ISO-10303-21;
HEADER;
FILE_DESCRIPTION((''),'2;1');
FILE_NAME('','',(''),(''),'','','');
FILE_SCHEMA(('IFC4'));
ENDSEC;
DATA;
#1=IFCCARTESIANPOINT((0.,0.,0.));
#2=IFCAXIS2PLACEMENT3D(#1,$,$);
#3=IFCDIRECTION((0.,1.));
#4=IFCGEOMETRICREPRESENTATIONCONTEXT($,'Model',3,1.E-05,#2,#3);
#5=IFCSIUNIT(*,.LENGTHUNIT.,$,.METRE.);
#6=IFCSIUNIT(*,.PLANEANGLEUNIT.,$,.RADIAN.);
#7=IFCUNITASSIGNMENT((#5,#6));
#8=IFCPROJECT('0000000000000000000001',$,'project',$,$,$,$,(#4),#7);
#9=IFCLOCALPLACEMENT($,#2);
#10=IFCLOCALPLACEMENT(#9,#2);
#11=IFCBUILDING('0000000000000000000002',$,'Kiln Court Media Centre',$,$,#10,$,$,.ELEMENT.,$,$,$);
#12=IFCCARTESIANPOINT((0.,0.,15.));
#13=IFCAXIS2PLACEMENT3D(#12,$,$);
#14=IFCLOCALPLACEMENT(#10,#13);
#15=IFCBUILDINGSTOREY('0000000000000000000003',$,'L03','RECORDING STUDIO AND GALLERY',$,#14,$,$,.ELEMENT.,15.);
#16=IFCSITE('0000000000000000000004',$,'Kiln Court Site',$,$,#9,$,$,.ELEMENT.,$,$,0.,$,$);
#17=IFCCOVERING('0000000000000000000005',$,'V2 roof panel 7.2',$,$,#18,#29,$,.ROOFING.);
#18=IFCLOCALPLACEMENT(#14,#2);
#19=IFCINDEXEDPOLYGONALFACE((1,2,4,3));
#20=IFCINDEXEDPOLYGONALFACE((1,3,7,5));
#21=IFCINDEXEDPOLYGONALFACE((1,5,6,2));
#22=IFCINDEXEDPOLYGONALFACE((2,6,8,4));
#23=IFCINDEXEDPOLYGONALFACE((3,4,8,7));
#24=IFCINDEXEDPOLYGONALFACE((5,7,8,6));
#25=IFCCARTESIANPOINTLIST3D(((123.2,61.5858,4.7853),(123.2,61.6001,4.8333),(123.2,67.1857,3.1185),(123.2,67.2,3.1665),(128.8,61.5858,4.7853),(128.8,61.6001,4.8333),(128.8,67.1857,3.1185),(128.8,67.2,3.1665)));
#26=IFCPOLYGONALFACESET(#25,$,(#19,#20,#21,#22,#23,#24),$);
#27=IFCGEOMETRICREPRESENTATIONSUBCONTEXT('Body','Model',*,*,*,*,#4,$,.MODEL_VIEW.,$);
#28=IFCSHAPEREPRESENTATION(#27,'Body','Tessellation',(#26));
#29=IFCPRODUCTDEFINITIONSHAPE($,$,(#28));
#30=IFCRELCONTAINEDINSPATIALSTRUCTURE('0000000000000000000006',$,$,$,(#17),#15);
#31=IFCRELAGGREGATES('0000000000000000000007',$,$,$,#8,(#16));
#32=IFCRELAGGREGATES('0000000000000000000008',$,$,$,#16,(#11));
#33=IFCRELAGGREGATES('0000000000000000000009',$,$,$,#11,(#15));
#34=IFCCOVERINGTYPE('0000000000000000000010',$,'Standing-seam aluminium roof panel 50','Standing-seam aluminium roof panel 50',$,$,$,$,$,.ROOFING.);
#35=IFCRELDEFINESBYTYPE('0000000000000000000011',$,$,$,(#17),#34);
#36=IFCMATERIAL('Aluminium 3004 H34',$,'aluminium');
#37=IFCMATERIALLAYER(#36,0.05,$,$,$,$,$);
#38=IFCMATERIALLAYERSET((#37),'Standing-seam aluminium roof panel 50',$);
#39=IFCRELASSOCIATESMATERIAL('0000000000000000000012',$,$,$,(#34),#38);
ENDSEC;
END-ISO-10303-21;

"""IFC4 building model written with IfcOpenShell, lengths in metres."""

from ifc_helpers import new_model, si_unit, direction, frame, origin, place, context, subcontext, project, spatial, polyline, outline, extrude, material, layer, layer_set, type_object, element, save


model = new_model("IFC4")

# Units and contexts
model_context = context("Model", 3, precision=1e-05, world=origin(), true_north=direction((0.0, 1.0)))
body_context = subcontext(model_context, "Body", "Model", "MODEL_VIEW")
ifc_project = project(units=[si_unit("LENGTHUNIT", "METRE"), si_unit("PLANEANGLEUNIT", "RADIAN")], contexts=[model_context])

# Site, building, storey
site_placement = place(None, origin())
site = spatial("IfcSite", under=ifc_project, at=site_placement, Name="Kiln Court Site", CompositionType="ELEMENT", RefElevation=0.0)
building_placement = place(site_placement, origin())
building = spatial("IfcBuilding", under=site, at=building_placement, Name="Kiln Court Media Centre", CompositionType="ELEMENT")
storey_placement = place(building_placement, frame((0.0, 0.0, 15.0)))
storey = spatial("IfcBuildingStorey", under=building, at=storey_placement, Name="L03", Description="RECORDING STUDIO AND GALLERY", CompositionType="ELEMENT", Elevation=15.0)

# Covering
ifc_material_1 = material(Name="Aluminium 3004 H34", Category="aluminium")
ifc_layer_1 = layer(ifc_material_1, 0.05)
ifc_layer_set_1 = layer_set([ifc_layer_1], Name="Standing-seam aluminium roof panel 50")
covering_type = type_object("IfcCoveringType", Name="Standing-seam aluminium roof panel 50", Description="Standing-seam aluminium roof panel 50", PredefinedType="ROOFING", material=ifc_layer_set_1)
covering_placement = place(storey_placement, frame((123.2, 61.6001, 4.8333), z_axis=(0.0, 0.285273, 0.958446), x_axis=(0.0, 0.958446, -0.285273)))
element("IfcCovering", 1, at=covering_placement, inside=storey, type_object=covering_type, Name="V2 roof panel 7.2", PredefinedType="ROOFING", context=body_context, shape_type="SweptSolid", body=[
    extrude(outline(polyline([(0.0, 0.0), (5.8426, 0.0), (5.8426, -5.6001), (0.0, -5.6001), (0.0, 0.0)])), origin(), (0.0, 0.0, -1.0), 0.05),
])

save(model, "model.ifc")
